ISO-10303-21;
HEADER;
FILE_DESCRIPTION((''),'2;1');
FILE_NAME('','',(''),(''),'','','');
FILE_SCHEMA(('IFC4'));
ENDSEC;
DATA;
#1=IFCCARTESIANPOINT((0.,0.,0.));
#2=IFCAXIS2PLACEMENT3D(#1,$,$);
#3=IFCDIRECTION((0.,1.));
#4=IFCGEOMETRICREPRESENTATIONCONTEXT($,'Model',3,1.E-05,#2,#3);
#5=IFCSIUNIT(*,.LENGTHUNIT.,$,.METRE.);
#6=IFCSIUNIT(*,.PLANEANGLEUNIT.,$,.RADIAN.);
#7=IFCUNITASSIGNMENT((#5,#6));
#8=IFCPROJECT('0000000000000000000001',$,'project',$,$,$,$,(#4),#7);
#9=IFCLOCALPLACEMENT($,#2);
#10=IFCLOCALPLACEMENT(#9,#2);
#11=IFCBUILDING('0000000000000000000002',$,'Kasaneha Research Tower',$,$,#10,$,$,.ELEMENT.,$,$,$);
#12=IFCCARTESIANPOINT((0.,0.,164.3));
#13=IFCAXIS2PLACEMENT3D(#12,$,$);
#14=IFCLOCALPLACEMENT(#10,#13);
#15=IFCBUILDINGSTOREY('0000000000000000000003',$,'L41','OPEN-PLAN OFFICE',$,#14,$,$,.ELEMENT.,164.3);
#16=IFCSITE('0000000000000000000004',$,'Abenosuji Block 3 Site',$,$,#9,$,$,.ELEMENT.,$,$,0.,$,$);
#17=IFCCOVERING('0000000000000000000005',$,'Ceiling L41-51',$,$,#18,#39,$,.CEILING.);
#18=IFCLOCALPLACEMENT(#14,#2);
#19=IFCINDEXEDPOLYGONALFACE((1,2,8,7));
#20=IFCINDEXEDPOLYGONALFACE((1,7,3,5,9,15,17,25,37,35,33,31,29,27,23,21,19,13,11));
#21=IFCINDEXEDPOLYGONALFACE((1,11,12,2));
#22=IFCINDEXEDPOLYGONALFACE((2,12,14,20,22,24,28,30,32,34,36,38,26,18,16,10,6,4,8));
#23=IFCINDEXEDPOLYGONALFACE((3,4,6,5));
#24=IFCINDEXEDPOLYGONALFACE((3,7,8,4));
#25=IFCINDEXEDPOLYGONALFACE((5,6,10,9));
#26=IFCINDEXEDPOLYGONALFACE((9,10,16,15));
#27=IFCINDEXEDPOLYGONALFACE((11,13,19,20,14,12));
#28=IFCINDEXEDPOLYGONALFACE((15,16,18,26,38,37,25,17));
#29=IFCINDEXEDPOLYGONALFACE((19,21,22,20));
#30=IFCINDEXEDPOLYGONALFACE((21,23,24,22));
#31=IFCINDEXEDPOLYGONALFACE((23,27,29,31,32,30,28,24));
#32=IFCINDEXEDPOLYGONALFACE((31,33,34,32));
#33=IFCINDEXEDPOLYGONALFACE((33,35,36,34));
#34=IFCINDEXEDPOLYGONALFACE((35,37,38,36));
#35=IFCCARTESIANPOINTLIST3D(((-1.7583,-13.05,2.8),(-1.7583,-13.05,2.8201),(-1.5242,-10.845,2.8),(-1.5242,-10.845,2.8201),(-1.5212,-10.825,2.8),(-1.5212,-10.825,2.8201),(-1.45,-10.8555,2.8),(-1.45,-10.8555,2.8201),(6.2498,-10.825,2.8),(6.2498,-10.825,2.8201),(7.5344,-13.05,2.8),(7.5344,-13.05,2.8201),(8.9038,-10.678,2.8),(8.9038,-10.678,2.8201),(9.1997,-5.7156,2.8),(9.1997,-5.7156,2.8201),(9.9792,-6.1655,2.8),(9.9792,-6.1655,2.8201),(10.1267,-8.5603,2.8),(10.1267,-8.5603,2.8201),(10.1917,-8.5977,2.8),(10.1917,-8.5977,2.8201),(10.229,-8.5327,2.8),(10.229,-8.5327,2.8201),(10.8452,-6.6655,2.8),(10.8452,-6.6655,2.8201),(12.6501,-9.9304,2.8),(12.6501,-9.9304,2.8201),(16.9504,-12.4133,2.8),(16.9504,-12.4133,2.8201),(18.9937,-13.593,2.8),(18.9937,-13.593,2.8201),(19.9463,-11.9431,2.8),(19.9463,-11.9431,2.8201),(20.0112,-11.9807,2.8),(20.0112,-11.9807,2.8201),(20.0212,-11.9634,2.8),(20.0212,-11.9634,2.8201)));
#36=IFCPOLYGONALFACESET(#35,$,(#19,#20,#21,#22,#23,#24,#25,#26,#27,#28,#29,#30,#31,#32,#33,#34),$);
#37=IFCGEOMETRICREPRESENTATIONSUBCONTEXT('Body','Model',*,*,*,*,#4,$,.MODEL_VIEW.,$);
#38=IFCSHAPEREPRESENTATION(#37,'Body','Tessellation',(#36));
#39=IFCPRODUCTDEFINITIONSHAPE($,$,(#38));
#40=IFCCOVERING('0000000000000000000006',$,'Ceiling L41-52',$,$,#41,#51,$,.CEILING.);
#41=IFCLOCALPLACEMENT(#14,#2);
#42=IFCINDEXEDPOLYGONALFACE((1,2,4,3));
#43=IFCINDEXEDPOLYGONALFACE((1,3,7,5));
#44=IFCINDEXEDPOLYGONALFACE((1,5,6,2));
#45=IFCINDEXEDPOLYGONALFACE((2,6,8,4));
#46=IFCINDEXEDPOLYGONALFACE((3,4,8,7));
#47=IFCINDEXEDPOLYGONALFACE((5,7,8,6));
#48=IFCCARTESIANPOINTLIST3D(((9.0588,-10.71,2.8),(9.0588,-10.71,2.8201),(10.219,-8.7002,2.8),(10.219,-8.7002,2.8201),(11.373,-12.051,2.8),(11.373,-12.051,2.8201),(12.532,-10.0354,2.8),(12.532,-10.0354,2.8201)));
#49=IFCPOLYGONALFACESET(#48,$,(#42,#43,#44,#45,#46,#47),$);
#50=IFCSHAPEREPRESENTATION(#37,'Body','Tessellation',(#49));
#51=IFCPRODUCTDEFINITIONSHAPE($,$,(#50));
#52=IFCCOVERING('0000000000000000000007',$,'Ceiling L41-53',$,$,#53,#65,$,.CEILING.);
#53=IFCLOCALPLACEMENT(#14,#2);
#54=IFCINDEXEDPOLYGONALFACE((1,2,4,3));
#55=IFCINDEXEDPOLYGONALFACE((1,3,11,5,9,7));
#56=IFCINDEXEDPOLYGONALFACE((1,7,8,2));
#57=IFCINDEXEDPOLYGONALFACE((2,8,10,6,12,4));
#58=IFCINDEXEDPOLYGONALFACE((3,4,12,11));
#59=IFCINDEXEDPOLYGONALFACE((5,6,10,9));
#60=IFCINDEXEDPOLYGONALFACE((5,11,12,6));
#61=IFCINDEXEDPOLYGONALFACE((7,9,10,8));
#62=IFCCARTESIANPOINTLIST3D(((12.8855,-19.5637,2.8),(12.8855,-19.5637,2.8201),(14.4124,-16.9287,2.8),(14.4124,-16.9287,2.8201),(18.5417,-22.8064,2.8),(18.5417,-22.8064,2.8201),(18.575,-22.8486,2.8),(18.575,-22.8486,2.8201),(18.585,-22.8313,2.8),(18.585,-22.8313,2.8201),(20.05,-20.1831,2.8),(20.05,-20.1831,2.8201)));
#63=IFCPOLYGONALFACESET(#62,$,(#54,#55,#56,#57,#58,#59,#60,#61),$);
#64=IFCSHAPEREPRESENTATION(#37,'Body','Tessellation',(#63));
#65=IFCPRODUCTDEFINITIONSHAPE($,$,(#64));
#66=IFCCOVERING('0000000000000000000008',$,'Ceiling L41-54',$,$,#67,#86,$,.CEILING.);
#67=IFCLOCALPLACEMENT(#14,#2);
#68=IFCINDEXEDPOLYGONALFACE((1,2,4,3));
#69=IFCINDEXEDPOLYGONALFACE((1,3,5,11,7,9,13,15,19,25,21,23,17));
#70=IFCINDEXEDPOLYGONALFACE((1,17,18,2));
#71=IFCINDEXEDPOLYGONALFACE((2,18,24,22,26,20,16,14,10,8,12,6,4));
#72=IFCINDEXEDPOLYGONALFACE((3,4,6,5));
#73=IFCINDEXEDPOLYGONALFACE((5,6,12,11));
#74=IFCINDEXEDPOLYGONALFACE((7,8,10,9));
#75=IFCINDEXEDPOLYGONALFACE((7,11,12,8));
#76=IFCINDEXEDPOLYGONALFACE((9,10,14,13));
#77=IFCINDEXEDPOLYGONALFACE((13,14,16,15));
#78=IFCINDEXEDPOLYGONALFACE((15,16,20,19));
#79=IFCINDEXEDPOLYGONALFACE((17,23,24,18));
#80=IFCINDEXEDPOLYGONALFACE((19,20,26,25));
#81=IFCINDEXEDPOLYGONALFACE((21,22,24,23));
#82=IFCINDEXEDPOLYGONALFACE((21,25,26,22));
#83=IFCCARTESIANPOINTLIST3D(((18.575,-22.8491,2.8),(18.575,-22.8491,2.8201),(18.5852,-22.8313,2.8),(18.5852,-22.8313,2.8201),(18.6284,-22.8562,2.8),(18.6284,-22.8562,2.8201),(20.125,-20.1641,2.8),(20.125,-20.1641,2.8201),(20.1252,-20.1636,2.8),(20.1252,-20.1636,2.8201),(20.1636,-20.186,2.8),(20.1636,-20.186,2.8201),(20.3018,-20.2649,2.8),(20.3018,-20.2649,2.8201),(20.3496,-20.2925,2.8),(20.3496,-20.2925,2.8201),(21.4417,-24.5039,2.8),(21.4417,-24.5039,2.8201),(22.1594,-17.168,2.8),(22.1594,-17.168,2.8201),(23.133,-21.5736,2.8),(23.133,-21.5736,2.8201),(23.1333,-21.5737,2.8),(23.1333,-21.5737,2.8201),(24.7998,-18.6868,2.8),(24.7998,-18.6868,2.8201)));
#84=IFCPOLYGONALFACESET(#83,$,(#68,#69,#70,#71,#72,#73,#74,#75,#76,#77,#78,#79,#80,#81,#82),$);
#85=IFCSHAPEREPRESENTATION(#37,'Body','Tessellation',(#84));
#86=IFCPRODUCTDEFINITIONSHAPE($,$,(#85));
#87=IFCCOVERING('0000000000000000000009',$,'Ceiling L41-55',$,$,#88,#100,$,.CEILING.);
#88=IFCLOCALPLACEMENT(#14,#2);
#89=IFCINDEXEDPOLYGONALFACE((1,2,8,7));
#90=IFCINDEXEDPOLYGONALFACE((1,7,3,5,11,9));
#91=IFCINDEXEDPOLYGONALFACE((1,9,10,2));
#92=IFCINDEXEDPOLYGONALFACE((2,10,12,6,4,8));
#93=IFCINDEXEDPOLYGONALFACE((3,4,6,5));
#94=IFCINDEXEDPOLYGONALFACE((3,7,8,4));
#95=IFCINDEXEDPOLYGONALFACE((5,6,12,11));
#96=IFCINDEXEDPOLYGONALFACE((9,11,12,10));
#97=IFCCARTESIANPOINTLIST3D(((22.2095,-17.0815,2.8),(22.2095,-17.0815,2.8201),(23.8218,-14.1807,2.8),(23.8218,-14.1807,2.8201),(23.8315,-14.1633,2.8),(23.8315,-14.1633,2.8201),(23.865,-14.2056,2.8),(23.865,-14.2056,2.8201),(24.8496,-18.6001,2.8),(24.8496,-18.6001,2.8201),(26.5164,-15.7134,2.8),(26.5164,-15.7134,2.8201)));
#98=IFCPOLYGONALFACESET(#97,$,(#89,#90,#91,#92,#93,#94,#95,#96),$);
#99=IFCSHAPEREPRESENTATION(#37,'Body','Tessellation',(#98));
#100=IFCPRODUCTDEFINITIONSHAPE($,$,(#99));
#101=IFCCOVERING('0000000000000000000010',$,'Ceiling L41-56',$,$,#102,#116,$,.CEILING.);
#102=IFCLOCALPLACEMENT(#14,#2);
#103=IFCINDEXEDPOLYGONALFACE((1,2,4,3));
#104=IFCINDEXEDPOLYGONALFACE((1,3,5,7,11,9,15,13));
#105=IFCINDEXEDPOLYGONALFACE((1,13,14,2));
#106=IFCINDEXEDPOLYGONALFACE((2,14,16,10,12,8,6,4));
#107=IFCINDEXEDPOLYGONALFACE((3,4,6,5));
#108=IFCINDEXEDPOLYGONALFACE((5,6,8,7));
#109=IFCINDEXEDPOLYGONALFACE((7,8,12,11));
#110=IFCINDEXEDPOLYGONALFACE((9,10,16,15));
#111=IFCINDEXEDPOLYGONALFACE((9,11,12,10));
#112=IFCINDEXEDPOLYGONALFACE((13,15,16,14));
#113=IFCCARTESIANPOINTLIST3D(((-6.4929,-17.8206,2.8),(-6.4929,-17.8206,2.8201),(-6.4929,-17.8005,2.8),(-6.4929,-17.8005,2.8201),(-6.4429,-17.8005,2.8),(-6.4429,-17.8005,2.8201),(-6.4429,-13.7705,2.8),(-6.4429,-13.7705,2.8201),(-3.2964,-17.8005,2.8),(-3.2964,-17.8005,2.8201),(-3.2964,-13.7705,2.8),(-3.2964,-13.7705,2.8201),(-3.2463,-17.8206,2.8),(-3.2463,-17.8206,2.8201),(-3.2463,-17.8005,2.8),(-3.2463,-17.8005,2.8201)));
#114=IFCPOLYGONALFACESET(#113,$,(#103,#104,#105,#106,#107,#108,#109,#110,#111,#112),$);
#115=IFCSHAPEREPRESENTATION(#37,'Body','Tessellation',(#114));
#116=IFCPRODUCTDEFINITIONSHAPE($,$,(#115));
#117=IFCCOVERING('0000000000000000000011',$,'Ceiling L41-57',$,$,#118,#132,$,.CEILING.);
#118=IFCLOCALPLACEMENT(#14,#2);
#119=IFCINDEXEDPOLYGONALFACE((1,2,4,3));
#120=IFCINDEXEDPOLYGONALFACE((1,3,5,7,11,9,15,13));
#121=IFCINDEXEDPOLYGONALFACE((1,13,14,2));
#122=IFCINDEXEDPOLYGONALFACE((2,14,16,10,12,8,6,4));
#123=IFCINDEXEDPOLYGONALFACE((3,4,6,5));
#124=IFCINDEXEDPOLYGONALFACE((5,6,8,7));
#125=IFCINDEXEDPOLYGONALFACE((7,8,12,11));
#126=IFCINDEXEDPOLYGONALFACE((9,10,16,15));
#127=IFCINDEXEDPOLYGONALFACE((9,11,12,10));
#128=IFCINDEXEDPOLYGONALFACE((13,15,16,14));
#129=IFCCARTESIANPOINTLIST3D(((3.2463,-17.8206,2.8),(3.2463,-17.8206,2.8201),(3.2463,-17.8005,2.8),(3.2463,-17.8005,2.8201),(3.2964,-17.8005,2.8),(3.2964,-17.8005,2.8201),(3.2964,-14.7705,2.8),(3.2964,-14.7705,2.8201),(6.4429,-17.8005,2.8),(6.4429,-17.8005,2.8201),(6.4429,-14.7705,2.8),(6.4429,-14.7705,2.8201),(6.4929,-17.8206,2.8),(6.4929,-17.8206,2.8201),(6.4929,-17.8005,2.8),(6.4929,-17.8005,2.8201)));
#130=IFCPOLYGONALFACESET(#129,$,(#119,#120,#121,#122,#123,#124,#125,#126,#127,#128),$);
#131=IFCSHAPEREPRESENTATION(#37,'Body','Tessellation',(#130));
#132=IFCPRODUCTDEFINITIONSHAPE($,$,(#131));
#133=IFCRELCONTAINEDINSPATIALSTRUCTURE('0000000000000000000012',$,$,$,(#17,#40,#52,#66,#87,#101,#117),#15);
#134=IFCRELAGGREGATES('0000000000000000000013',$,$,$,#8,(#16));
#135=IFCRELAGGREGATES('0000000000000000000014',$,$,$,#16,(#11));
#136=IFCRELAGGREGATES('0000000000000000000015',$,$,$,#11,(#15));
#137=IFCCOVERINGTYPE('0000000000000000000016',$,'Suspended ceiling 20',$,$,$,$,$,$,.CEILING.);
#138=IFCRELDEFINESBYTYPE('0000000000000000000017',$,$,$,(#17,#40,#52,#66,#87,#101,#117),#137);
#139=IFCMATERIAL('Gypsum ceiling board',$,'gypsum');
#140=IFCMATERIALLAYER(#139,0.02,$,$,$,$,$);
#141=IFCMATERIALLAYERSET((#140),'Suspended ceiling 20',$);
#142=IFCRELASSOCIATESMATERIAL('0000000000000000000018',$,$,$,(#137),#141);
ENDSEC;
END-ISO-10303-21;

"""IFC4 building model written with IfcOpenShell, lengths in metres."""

from ifc_helpers import new_model, si_unit, direction, frame, origin, place, context, subcontext, project, spatial, polyline, outline, extrude, material, layer, layer_set, type_object, element, save


model = new_model("IFC4")

# Units and contexts
model_context = context("Model", 3, precision=1e-05, world=origin(), true_north=direction((0.0, 1.0)))
body_context = subcontext(model_context, "Body", "Model", "MODEL_VIEW")
ifc_project = project(units=[si_unit("LENGTHUNIT", "METRE"), si_unit("PLANEANGLEUNIT", "RADIAN")], contexts=[model_context])

# Site, building, storey
site_placement = place(None, origin())
site = spatial("IfcSite", under=ifc_project, at=site_placement, Name="Abenosuji Block 3 Site", CompositionType="ELEMENT", RefElevation=0.0)
building_placement = place(site_placement, origin())
building = spatial("IfcBuilding", under=site, at=building_placement, Name="Kasaneha Research Tower", CompositionType="ELEMENT")
storey_placement = place(building_placement, frame((0.0, 0.0, 164.3)))
storey = spatial("IfcBuildingStorey", under=building, at=storey_placement, Name="L41", Description="OPEN-PLAN OFFICE", CompositionType="ELEMENT", Elevation=164.3)

# Coverings
ifc_material_1 = material(Name="Gypsum ceiling board", Category="gypsum")
ifc_layer_1 = layer(ifc_material_1, 0.02)
ifc_layer_set_1 = layer_set([ifc_layer_1], Name="Suspended ceiling 20")
covering_type_1 = type_object("IfcCoveringType", Name="Suspended ceiling 20", PredefinedType="CEILING", material=ifc_layer_set_1)
covering_1_placement = place(storey_placement, frame((0.0, 0.0, 2.8)))
element("IfcCovering", 1, at=covering_1_placement, inside=storey, type_object=covering_type_1, Name="Ceiling L41-51", PredefinedType="CEILING", context=body_context, shape_type="SweptSolid", body=[
    extrude(outline(polyline([(10.1917, -8.5977), (10.1267, -8.5603), (8.9038, -10.678), (8.9038, -10.678), (7.5344, -13.05), (-1.7583, -13.05), (-1.45, -10.8555), (-1.5242, -10.845), (-1.5212, -10.825), (6.2498, -10.825), (9.1997, -5.7156), (9.9792, -6.1655), (9.9792, -6.1655), (10.8452, -6.6655), (10.8452, -6.6655), (20.0212, -11.9634), (20.0112, -11.9807), (19.9463, -11.9431), (18.9937, -13.593), (16.9504, -12.4133), (16.9504, -12.4133), (12.6501, -9.9304), (12.6501, -9.9304), (10.229, -8.5327), (10.1917, -8.5977), (10.1917, -8.5977), (10.1917, -8.5977)])), origin(), (0.0, 0.0, 1.0), 0.02),
])
covering_2_placement = place(storey_placement, frame((0.0, 0.0, 2.8)))
element("IfcCovering", 2, at=covering_2_placement, inside=storey, type_object=covering_type_1, Name="Ceiling L41-52", PredefinedType="CEILING", context=body_context, shape_type="SweptSolid", body=[
    extrude(outline(polyline([(10.219, -8.7002), (12.532, -10.0354), (11.373, -12.051), (9.0588, -10.71), (10.219, -8.7002)])), origin(), (0.0, 0.0, 1.0), 0.02),
])
covering_3_placement = place(storey_placement, frame((0.0, 0.0, 2.8)))
element("IfcCovering", 3, at=covering_3_placement, inside=storey, type_object=covering_type_1, Name="Ceiling L41-53", PredefinedType="CEILING", context=body_context, shape_type="SweptSolid", body=[
    extrude(outline(polyline([(12.8855, -19.5637), (14.4124, -16.9287), (20.05, -20.1831), (18.5417, -22.8064), (18.585, -22.8313), (18.575, -22.8486), (12.8855, -19.5637)])), origin(), (0.0, 0.0, 1.0), 0.02),
])
covering_4_placement = place(storey_placement, frame((0.0, 0.0, 2.8)))
element("IfcCovering", 4, at=covering_4_placement, inside=storey, type_object=covering_type_1, Name="Ceiling L41-54", PredefinedType="CEILING", context=body_context, shape_type="SweptSolid", body=[
    extrude(outline(polyline([(20.8503, -20.2556), (23.1333, -21.5737), (21.4417, -24.5039), (18.575, -22.8491), (18.5852, -22.8313), (18.6284, -22.8562), (20.1636, -20.186), (20.125, -20.1641), (20.1252, -20.1636), (20.3018, -20.2649), (20.3496, -20.2925), (22.1594, -17.168), (24.7998, -18.6868), (23.1331, -21.5735), (20.8503, -20.2556)])), origin(), (0.0, 0.0, 1.0), 0.02),
])
covering_5_placement = place(storey_placement, frame((0.0, 0.0, 2.8)))
element("IfcCovering", 5, at=covering_5_placement, inside=storey, type_object=covering_type_1, Name="Ceiling L41-55", PredefinedType="CEILING", context=body_context, shape_type="SweptSolid", body=[
    extrude(outline(polyline([(24.8496, -18.6001), (22.2095, -17.0815), (23.865, -14.2056), (23.8218, -14.1807), (23.8315, -14.1633), (26.5164, -15.7134), (24.8496, -18.6001)])), origin(), (0.0, 0.0, 1.0), 0.02),
])
covering_6_placement = place(storey_placement, frame((0.0, 0.0, 2.8)))
element("IfcCovering", 6, at=covering_6_placement, inside=storey, type_object=covering_type_1, Name="Ceiling L41-56", PredefinedType="CEILING", context=body_context, shape_type="SweptSolid", body=[
    extrude(outline(polyline([(-6.4929, -17.8206), (-6.4929, -17.8005), (-6.4429, -17.8005), (-6.4429, -13.7705), (-3.2964, -13.7705), (-3.2964, -17.8005), (-3.2463, -17.8005), (-3.2463, -17.8206), (-6.4929, -17.8206)])), origin(), (0.0, 0.0, 1.0), 0.02),
])
covering_7_placement = place(storey_placement, frame((0.0, 0.0, 2.8)))
element("IfcCovering", 7, at=covering_7_placement, inside=storey, type_object=covering_type_1, Name="Ceiling L41-57", PredefinedType="CEILING", context=body_context, shape_type="SweptSolid", body=[
    extrude(outline(polyline([(3.2463, -17.8206), (3.2463, -17.8005), (3.2964, -17.8005), (3.2964, -14.7705), (6.4429, -14.7705), (6.4429, -17.8005), (6.4929, -17.8005), (6.4929, -17.8206), (3.2463, -17.8206)])), origin(), (0.0, 0.0, 1.0), 0.02),
])

save(model, "model.ifc")
